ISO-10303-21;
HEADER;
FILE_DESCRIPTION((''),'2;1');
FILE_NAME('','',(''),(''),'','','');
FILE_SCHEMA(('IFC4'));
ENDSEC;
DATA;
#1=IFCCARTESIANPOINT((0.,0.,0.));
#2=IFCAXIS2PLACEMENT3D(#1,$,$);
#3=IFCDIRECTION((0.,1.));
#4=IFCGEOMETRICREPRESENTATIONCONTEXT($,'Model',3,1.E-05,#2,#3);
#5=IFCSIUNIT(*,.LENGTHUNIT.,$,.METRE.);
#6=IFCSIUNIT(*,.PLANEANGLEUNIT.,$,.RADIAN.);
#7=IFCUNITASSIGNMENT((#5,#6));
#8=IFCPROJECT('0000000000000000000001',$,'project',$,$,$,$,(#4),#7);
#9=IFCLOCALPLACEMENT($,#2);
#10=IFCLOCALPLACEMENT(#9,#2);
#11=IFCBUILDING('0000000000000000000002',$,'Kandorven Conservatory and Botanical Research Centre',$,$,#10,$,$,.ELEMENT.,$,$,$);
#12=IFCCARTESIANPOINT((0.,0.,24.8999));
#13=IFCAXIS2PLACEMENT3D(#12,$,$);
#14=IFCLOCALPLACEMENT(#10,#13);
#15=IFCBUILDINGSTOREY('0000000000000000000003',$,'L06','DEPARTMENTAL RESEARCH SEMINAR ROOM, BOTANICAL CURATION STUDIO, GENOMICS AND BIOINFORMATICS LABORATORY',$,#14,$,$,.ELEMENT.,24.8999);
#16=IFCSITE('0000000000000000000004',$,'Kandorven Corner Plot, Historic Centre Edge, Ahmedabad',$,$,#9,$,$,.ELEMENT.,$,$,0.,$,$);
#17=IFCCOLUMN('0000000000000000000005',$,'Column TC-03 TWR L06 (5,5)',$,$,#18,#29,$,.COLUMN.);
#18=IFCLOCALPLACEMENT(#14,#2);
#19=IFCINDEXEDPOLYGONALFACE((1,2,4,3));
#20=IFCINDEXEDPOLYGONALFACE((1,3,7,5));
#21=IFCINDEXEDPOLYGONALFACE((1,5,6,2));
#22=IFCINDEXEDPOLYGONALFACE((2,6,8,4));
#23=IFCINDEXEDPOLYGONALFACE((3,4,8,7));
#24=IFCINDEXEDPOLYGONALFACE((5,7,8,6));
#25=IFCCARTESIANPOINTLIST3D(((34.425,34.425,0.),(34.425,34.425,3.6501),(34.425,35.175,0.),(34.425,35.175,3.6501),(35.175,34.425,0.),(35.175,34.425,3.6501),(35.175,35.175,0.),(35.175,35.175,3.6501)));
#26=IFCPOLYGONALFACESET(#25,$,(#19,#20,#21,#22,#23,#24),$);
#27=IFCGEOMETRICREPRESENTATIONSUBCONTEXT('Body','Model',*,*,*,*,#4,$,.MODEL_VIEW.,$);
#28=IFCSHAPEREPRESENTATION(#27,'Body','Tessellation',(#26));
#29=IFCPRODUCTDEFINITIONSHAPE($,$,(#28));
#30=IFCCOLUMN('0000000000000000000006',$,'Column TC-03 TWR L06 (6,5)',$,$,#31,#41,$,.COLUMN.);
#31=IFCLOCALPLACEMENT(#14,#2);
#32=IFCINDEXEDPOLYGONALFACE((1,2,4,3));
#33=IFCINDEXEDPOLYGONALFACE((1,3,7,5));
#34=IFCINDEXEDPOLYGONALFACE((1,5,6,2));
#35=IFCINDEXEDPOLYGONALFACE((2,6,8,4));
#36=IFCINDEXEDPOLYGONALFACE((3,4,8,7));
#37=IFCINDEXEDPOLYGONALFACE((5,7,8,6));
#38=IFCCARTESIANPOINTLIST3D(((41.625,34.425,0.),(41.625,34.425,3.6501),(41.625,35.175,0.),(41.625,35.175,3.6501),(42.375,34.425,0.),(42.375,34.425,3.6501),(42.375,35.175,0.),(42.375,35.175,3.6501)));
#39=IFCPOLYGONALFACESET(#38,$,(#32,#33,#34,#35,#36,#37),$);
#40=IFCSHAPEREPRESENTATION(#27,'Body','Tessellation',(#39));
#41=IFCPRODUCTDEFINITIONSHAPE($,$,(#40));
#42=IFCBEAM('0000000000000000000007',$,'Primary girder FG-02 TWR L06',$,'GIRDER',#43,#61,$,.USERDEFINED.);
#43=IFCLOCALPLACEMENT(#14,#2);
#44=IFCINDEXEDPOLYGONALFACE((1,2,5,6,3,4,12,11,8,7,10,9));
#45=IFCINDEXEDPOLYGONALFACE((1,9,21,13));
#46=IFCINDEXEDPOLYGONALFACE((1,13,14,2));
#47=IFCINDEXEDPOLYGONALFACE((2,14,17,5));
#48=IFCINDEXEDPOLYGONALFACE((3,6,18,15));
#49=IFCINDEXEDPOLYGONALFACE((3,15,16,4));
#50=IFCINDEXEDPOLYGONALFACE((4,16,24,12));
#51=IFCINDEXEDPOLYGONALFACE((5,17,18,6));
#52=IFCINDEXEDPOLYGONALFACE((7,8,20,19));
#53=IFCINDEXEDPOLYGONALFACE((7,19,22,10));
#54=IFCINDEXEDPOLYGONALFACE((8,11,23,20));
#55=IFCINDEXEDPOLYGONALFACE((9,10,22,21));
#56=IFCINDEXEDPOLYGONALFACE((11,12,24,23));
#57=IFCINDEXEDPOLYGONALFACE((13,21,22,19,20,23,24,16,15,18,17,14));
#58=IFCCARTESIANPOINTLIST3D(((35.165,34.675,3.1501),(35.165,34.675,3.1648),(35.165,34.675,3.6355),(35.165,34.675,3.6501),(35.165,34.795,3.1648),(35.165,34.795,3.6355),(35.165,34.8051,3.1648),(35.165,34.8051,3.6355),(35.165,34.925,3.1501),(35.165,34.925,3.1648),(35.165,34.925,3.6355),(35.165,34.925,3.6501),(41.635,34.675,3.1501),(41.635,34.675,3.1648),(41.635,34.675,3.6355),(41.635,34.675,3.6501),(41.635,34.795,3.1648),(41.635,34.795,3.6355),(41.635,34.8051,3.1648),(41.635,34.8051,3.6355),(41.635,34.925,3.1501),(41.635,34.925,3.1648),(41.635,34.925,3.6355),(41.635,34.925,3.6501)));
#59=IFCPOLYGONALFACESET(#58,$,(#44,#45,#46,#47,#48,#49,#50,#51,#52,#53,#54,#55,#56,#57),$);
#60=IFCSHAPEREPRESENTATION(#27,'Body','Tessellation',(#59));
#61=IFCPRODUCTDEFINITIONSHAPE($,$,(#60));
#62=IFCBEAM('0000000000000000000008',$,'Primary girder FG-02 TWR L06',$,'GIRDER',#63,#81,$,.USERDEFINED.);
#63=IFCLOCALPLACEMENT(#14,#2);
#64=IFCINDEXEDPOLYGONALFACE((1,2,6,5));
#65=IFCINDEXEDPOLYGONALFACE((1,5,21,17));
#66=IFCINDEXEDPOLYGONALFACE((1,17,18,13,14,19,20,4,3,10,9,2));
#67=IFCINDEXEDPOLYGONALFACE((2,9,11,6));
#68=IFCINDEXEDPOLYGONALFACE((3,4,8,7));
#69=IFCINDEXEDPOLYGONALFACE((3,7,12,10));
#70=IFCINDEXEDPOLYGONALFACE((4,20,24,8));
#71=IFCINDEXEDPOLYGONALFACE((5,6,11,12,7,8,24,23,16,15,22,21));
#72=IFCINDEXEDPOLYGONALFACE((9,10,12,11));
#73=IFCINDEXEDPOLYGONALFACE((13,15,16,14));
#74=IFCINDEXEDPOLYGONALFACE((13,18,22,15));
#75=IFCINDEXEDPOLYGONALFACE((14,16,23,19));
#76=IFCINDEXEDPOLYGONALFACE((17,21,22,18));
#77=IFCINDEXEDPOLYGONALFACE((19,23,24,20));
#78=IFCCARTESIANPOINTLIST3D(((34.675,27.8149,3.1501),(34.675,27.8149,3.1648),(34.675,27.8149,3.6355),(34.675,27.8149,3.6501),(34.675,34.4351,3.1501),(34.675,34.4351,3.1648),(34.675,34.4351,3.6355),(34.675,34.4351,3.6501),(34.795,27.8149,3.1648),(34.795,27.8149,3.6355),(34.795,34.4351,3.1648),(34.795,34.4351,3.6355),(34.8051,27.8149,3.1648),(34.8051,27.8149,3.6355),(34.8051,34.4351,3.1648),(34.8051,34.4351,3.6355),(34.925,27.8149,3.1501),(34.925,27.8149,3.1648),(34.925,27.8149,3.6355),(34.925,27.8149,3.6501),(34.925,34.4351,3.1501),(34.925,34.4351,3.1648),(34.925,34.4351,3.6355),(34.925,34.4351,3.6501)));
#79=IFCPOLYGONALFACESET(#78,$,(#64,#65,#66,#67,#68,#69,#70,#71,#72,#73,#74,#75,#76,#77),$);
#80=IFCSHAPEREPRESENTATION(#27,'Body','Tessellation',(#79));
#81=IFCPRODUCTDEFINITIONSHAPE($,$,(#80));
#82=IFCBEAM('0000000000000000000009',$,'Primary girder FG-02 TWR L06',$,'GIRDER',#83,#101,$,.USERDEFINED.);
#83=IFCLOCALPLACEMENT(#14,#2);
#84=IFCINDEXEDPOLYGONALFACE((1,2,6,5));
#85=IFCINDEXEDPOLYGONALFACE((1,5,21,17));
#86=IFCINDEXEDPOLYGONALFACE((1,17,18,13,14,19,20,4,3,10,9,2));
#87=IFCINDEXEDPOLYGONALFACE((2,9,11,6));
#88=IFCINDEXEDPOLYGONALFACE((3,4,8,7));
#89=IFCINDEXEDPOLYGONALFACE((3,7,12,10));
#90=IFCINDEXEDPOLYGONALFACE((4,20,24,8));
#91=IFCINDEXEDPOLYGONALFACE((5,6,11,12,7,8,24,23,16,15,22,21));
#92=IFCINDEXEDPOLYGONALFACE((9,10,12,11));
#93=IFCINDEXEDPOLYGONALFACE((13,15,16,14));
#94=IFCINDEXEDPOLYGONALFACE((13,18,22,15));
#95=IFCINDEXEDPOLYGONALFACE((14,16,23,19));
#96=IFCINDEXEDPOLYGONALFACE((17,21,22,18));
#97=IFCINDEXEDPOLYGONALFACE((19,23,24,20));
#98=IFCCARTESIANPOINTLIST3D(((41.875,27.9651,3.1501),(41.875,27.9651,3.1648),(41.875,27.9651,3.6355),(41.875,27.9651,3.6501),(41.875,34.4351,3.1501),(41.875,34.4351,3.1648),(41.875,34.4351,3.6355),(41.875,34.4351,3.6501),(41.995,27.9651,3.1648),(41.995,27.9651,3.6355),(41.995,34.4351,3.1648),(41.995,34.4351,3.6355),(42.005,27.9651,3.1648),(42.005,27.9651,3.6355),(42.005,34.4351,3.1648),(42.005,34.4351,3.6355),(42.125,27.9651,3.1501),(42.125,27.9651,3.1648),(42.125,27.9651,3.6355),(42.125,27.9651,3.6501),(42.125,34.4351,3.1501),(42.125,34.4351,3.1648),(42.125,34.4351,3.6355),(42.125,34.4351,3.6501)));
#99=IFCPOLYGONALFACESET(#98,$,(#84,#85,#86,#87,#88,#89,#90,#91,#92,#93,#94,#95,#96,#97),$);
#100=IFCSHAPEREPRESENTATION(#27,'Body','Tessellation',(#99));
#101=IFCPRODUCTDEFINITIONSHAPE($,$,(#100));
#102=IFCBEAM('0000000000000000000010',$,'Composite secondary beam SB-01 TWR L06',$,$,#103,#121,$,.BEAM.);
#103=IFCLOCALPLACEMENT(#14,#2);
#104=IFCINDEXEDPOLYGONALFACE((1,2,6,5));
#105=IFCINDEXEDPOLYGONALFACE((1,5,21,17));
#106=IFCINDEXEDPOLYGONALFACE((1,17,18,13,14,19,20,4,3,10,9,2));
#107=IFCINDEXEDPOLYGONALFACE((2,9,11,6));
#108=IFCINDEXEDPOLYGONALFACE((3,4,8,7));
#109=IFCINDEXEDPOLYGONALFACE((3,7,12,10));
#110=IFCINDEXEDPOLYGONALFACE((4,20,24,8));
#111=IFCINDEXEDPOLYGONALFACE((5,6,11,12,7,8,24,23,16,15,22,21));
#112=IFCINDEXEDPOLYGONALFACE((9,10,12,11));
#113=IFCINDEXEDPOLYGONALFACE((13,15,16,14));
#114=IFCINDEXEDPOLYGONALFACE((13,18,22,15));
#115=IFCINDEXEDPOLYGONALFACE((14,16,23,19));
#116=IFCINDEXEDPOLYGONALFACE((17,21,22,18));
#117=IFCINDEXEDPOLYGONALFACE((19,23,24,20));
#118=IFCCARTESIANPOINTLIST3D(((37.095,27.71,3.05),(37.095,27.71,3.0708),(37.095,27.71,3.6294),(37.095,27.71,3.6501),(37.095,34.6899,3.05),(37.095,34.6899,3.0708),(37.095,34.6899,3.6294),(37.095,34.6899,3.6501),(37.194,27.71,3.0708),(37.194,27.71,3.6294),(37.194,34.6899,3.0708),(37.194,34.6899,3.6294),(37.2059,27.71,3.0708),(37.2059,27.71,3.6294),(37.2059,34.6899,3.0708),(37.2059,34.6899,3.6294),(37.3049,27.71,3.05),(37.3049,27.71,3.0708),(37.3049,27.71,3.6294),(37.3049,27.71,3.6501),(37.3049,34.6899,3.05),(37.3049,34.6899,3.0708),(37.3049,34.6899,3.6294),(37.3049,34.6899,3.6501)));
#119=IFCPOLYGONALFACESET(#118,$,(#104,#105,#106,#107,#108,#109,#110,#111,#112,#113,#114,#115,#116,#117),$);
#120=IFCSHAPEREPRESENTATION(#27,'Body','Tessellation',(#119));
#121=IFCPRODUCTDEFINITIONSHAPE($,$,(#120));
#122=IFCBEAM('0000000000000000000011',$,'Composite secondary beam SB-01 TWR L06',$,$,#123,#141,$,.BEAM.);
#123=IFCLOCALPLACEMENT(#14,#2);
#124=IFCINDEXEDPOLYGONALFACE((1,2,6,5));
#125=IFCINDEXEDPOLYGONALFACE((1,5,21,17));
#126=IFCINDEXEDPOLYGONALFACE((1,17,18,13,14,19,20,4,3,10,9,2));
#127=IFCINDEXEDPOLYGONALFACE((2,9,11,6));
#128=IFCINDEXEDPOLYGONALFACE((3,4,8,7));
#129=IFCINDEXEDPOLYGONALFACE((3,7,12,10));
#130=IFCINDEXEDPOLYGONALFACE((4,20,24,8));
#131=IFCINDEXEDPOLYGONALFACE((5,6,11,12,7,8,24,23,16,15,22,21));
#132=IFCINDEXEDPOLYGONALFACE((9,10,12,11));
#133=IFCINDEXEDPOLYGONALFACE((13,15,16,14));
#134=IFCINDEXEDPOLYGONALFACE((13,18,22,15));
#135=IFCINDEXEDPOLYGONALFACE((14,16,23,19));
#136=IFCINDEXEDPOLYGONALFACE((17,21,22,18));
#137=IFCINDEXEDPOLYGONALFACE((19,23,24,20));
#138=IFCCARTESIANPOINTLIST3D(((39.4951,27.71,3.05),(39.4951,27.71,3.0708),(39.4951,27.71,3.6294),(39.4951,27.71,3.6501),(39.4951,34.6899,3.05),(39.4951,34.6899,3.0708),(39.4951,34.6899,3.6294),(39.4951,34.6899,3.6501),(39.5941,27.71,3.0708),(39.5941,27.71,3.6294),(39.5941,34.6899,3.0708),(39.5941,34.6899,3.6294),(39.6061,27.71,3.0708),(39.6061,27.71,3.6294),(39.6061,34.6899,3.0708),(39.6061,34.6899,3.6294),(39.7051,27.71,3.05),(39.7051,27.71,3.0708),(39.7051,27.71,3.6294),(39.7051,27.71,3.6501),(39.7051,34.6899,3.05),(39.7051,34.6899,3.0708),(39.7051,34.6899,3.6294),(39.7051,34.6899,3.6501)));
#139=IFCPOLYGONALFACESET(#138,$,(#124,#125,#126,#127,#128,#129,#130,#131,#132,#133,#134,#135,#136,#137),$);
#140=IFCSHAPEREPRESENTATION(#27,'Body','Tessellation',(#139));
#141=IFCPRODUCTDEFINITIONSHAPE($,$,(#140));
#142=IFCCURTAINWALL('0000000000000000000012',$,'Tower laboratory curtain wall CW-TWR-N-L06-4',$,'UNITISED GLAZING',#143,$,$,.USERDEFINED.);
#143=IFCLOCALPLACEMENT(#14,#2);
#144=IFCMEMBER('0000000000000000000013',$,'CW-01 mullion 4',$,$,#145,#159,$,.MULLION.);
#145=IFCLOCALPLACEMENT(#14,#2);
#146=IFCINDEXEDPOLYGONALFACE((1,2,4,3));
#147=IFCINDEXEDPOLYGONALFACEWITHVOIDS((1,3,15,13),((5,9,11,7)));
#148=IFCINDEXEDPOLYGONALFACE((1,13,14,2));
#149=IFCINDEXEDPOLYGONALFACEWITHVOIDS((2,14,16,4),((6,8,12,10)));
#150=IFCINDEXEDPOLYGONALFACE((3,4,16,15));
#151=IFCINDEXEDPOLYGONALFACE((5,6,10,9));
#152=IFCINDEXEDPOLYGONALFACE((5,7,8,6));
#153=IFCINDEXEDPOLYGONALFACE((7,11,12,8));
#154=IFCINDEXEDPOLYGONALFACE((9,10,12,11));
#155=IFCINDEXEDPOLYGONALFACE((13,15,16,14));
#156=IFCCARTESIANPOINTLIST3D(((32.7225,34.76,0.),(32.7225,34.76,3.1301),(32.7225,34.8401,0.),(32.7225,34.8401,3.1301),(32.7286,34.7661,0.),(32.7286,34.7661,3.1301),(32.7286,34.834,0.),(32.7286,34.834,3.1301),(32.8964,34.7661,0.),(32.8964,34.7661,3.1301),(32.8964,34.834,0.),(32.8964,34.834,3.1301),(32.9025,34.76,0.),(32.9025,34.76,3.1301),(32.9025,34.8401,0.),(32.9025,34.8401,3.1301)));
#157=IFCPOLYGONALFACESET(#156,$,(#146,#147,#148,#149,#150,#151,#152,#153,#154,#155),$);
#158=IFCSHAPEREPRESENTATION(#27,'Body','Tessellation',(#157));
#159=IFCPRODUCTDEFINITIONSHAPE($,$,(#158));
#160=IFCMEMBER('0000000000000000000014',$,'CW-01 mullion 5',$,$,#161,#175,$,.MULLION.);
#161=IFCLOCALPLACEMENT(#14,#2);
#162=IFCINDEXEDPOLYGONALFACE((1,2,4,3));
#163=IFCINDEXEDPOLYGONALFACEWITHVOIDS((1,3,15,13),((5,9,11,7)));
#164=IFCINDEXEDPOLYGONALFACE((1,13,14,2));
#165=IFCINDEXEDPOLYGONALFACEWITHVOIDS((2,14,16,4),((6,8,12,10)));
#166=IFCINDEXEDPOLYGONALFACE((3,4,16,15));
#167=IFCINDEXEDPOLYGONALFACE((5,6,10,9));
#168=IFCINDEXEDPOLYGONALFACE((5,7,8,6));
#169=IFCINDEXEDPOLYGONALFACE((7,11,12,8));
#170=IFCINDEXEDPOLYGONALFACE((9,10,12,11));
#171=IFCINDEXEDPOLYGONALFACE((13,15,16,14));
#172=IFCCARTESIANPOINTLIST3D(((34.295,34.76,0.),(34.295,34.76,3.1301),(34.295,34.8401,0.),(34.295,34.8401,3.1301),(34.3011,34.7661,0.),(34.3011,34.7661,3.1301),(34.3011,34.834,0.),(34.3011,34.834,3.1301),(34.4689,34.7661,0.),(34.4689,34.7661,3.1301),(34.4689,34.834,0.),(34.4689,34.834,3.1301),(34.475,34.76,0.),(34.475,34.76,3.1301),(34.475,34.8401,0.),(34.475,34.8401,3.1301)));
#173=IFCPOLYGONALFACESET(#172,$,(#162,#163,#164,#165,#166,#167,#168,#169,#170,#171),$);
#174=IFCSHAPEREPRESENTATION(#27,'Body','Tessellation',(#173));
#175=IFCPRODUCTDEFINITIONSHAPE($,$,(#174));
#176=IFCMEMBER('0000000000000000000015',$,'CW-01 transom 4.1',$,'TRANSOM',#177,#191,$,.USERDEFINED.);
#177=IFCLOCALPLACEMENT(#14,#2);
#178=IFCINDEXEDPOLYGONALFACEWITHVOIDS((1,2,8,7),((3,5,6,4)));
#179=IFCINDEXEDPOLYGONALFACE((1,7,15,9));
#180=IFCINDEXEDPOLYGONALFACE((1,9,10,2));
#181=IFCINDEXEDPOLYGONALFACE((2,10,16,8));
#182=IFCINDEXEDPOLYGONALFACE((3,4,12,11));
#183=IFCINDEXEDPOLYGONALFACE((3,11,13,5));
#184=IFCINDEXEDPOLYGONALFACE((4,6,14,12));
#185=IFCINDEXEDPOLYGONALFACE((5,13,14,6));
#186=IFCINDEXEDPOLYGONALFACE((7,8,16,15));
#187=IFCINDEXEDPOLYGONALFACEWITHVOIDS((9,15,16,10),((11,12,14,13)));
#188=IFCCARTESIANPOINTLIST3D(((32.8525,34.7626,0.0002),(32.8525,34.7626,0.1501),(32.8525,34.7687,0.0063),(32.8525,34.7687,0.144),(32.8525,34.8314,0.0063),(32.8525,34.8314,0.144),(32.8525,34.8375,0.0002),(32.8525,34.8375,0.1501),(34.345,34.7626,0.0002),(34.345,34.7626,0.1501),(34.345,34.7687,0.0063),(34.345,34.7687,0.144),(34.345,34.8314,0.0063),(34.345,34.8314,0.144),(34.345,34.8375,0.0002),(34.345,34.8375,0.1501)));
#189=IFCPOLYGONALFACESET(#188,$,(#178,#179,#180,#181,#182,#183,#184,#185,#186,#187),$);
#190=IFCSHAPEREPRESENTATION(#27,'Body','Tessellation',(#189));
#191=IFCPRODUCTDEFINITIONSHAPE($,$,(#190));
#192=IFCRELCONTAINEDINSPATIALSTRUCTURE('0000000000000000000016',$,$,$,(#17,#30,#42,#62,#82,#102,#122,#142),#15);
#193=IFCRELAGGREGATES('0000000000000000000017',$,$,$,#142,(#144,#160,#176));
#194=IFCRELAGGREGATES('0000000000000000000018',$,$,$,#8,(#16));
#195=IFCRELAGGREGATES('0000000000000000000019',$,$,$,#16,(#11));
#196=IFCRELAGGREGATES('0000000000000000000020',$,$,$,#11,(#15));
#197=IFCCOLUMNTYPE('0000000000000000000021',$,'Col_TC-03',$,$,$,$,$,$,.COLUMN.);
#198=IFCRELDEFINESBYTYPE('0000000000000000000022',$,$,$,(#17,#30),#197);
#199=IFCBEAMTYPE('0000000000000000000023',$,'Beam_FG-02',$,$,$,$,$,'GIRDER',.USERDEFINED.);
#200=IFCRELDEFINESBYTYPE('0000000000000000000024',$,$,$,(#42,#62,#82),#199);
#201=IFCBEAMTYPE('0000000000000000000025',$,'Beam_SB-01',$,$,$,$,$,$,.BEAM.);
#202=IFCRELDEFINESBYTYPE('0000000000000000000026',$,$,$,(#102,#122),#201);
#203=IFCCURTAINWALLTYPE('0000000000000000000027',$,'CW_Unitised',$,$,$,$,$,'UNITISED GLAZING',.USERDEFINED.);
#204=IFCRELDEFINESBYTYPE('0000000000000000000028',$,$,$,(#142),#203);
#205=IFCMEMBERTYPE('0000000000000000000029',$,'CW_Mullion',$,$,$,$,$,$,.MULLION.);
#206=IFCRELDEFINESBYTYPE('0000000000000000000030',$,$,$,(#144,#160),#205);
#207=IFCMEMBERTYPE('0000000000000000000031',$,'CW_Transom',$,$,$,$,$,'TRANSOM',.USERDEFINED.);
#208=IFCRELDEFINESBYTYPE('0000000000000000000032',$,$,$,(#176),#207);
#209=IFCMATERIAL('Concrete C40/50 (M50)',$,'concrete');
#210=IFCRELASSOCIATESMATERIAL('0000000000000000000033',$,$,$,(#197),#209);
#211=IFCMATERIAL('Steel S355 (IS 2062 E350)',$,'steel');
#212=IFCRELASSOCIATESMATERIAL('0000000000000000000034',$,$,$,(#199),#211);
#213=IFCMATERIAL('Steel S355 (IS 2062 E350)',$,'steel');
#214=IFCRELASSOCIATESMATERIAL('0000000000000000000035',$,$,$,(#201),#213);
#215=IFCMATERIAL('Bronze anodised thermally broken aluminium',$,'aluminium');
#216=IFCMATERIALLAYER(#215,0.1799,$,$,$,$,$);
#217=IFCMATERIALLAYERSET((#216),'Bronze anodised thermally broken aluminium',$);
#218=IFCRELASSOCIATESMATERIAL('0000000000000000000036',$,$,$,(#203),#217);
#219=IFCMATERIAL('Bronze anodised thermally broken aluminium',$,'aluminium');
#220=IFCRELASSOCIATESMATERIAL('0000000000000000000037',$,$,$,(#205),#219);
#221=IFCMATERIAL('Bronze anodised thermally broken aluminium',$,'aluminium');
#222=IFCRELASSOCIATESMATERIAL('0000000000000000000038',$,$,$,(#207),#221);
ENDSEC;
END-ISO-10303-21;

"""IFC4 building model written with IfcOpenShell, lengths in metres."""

from ifc_helpers import new_model, si_unit, direction, frame, origin, origin_2d, place, context, subcontext, project, spatial, rectangle, hollow_rectangle, i_section, extrude, material, layer, layer_set, material_profile, profile_set, type_object, element, aggregate, save


model = new_model("IFC4")

# Units and contexts
model_context = context("Model", 3, precision=1e-05, world=origin(), true_north=direction((0.0, 1.0)))
body_context = subcontext(model_context, "Body", "Model", "MODEL_VIEW")
ifc_project = project(units=[si_unit("LENGTHUNIT", "METRE"), si_unit("PLANEANGLEUNIT", "RADIAN")], contexts=[model_context])

# Site, building, storey
site_placement = place(None, origin())
site = spatial("IfcSite", under=ifc_project, at=site_placement, Name="Kandorven Corner Plot, Historic Centre Edge, Ahmedabad", CompositionType="ELEMENT", RefElevation=0.0)
building_placement = place(site_placement, origin())
building = spatial("IfcBuilding", under=site, at=building_placement, Name="Kandorven Conservatory and Botanical Research Centre", CompositionType="ELEMENT")
storey_placement = place(building_placement, frame((0.0, 0.0, 24.8999)))
storey = spatial("IfcBuildingStorey", under=building, at=storey_placement, Name="L06", Description="DEPARTMENTAL RESEARCH SEMINAR ROOM, BOTANICAL CURATION STUDIO, GENOMICS AND BIOINFORMATICS LABORATORY", CompositionType="ELEMENT", Elevation=24.8999)

# Columns
ifc_material_1 = material(Name="Concrete C40/50 (M50)", Category="concrete")
ifc_material_profile_1 = material_profile(ifc_material_1, rectangle(XDim=0.75, YDim=0.75, at=origin_2d()))
ifc_profile_set_1 = profile_set([ifc_material_profile_1], Name="Concrete C40/50 (M50)")
column_type = type_object("IfcColumnType", Name="Col_TC-03", PredefinedType="COLUMN", material=ifc_profile_set_1)
for number, where, z_axis, x_axis, name in (
    (1, (34.8, 34.8, 0.0), (0.0, 0.0, 1.0), (1.0, 0.0, 0.0), "Column TC-03 TWR L06 (5,5)"),
    (2, (42.0, 34.8, 0.0), (0.0, 0.0, 1.0), (1.0, 0.0, 0.0), "Column TC-03 TWR L06 (6,5)"),
):
    element("IfcColumn", number, at=place(storey_placement, frame(where, z_axis=z_axis, x_axis=x_axis)), inside=storey, type_object=column_type, Name=name, PredefinedType="COLUMN", context=body_context, shape_type="SweptSolid", body=[
        extrude(rectangle(XDim=0.75, YDim=0.75, at=origin_2d()), origin(), (0.0, 0.0, 1.0), 3.6501),
    ])

# Beams
ifc_material_2 = material(Name="Steel S355 (IS 2062 E350)", Category="steel")
ifc_material_profile_2 = material_profile(ifc_material_2, i_section(OverallWidth=0.25, OverallDepth=0.5, WebThickness=0.01, FlangeThickness=0.0146, at=origin_2d()))
ifc_profile_set_2 = profile_set([ifc_material_profile_2], Name="Steel S355 (IS 2062 E350)")
beam_type_1 = type_object("IfcBeamType", Name="Beam_FG-02", ElementType="GIRDER", PredefinedType="USERDEFINED", material=ifc_profile_set_2)
beam_1_placement = place(storey_placement, frame((35.165, 34.8, 3.4001), z_axis=(1.0, 0.0, 0.0), x_axis=(0.0, 1.0, 0.0)))
element("IfcBeam", 3, at=beam_1_placement, inside=storey, type_object=beam_type_1, Name="Primary girder FG-02 TWR L06", ObjectType="GIRDER", PredefinedType="USERDEFINED", context=body_context, shape_type="SweptSolid", body=[
    extrude(i_section(OverallWidth=0.25, OverallDepth=0.5, WebThickness=0.01, FlangeThickness=0.0146, at=origin_2d()), origin(), (0.0, 0.0, 1.0), 6.47),
])
beam_2_placement = place(storey_placement, frame((34.8, 27.8149, 3.4001), z_axis=(0.0, 1.0, 0.0), x_axis=(-1.0, 0.0, 0.0)))
element("IfcBeam", 4, at=beam_2_placement, inside=storey, type_object=beam_type_1, Name="Primary girder FG-02 TWR L06", ObjectType="GIRDER", PredefinedType="USERDEFINED", context=body_context, shape_type="SweptSolid", body=[
    extrude(i_section(OverallWidth=0.25, OverallDepth=0.5, WebThickness=0.01, FlangeThickness=0.0146, at=origin_2d()), origin(), (0.0, 0.0, 1.0), 6.6201),
])
beam_3_placement = place(storey_placement, frame((42.0, 27.9651, 3.4001), z_axis=(0.0, 1.0, 0.0), x_axis=(-1.0, 0.0, 0.0)))
element("IfcBeam", 5, at=beam_3_placement, inside=storey, type_object=beam_type_1, Name="Primary girder FG-02 TWR L06", ObjectType="GIRDER", PredefinedType="USERDEFINED", context=body_context, shape_type="SweptSolid", body=[
    extrude(i_section(OverallWidth=0.25, OverallDepth=0.5, WebThickness=0.01, FlangeThickness=0.0146, at=origin_2d()), origin(), (0.0, 0.0, 1.0), 6.47),
])
ifc_material_3 = material(Name="Steel S355 (IS 2062 E350)", Category="steel")
ifc_material_profile_3 = material_profile(ifc_material_3, i_section(OverallWidth=0.21, OverallDepth=0.6001, WebThickness=0.012, FlangeThickness=0.0208, at=origin_2d()))
ifc_profile_set_3 = profile_set([ifc_material_profile_3], Name="Steel S355 (IS 2062 E350)")
beam_type_2 = type_object("IfcBeamType", Name="Beam_SB-01", PredefinedType="BEAM", material=ifc_profile_set_3)
for number, where, z_axis, x_axis, name in (
    (6, (37.2, 27.71, 3.3501), (0.0, 1.0, 0.0), (-1.0, 0.0, 0.0), "Composite secondary beam SB-01 TWR L06"),
    (7, (39.6001, 27.71, 3.3501), (0.0, 1.0, 0.0), (-1.0, 0.0, 0.0), "Composite secondary beam SB-01 TWR L06"),
):
    element("IfcBeam", number, at=place(storey_placement, frame(where, z_axis=z_axis, x_axis=x_axis)), inside=storey, type_object=beam_type_2, Name=name, PredefinedType="BEAM", context=body_context, shape_type="SweptSolid", body=[
        extrude(i_section(OverallWidth=0.21, OverallDepth=0.6001, WebThickness=0.012, FlangeThickness=0.0208, at=origin_2d()), origin(), (0.0, 0.0, 1.0), 6.98),
    ])

# Curtain wall, members
ifc_material_4 = material(Name="Bronze anodised thermally broken aluminium", Category="aluminium")
ifc_layer_1 = layer(ifc_material_4, 0.1799)
ifc_layer_set_1 = layer_set([ifc_layer_1], Name="Bronze anodised thermally broken aluminium")
curtain_wall_type = type_object("IfcCurtainWallType", Name="CW_Unitised", ElementType="UNITISED GLAZING", PredefinedType="USERDEFINED", material=ifc_layer_set_1)
curtain_wall_placement = place(storey_placement, origin())
curtain_wall = element("IfcCurtainWall", 8, at=curtain_wall_placement, inside=storey, type_object=curtain_wall_type, Name="Tower laboratory curtain wall CW-TWR-N-L06-4", ObjectType="UNITISED GLAZING", PredefinedType="USERDEFINED")
ifc_material_5 = material(Name="Bronze anodised thermally broken aluminium", Category="aluminium")
ifc_material_profile_4 = material_profile(ifc_material_5, hollow_rectangle(XDim=0.0801, YDim=0.1799, WallThickness=0.0061, at=origin_2d()))
ifc_profile_set_4 = profile_set([ifc_material_profile_4], Name="Bronze anodised thermally broken aluminium")
member_type_1 = type_object("IfcMemberType", Name="CW_Mullion", PredefinedType="MULLION", material=ifc_profile_set_4)
member_1_placement = place(storey_placement, frame((32.8125, 34.8, 0.0), z_axis=(0.0, 0.0, 1.0), x_axis=(0.0, 1.0, 0.0)))
member_1 = element("IfcMember", 9, at=member_1_placement, type_object=member_type_1, Name="CW-01 mullion 4", PredefinedType="MULLION", context=body_context, shape_type="SweptSolid", body=[
    extrude(hollow_rectangle(XDim=0.0801, YDim=0.1799, WallThickness=0.0061, at=origin_2d()), origin(), (0.0, 0.0, 1.0), 3.1301),
])
member_2_placement = place(storey_placement, frame((34.385, 34.8, 0.0), z_axis=(0.0, 0.0, 1.0), x_axis=(0.0, 1.0, 0.0)))
member_2 = element("IfcMember", 10, at=member_2_placement, type_object=member_type_1, Name="CW-01 mullion 5", PredefinedType="MULLION", context=body_context, shape_type="SweptSolid", body=[
    extrude(hollow_rectangle(XDim=0.0801, YDim=0.1799, WallThickness=0.0061, at=origin_2d()), origin(), (0.0, 0.0, 1.0), 3.1301),
])
ifc_material_6 = material(Name="Bronze anodised thermally broken aluminium", Category="aluminium")
ifc_material_profile_5 = material_profile(ifc_material_6, hollow_rectangle(XDim=0.075, YDim=0.1499, WallThickness=0.0061, at=origin_2d()))
ifc_profile_set_5 = profile_set([ifc_material_profile_5], Name="Bronze anodised thermally broken aluminium")
member_type_2 = type_object("IfcMemberType", Name="CW_Transom", ElementType="TRANSOM", PredefinedType="USERDEFINED", material=ifc_profile_set_5)
member_3_placement = place(storey_placement, frame((32.8525, 34.8, 0.0752), z_axis=(1.0, 0.0, 0.0), x_axis=(0.0, 1.0, 0.0)))
member_3 = element("IfcMember", 11, at=member_3_placement, type_object=member_type_2, Name="CW-01 transom 4.1", ObjectType="TRANSOM", PredefinedType="USERDEFINED", context=body_context, shape_type="SweptSolid", body=[
    extrude(hollow_rectangle(XDim=0.075, YDim=0.1499, WallThickness=0.0061, at=origin_2d()), origin(), (0.0, 0.0, 1.0), 1.4924),
])
aggregate(curtain_wall, [member_1, member_2, member_3])

save(model, "model.ifc")
